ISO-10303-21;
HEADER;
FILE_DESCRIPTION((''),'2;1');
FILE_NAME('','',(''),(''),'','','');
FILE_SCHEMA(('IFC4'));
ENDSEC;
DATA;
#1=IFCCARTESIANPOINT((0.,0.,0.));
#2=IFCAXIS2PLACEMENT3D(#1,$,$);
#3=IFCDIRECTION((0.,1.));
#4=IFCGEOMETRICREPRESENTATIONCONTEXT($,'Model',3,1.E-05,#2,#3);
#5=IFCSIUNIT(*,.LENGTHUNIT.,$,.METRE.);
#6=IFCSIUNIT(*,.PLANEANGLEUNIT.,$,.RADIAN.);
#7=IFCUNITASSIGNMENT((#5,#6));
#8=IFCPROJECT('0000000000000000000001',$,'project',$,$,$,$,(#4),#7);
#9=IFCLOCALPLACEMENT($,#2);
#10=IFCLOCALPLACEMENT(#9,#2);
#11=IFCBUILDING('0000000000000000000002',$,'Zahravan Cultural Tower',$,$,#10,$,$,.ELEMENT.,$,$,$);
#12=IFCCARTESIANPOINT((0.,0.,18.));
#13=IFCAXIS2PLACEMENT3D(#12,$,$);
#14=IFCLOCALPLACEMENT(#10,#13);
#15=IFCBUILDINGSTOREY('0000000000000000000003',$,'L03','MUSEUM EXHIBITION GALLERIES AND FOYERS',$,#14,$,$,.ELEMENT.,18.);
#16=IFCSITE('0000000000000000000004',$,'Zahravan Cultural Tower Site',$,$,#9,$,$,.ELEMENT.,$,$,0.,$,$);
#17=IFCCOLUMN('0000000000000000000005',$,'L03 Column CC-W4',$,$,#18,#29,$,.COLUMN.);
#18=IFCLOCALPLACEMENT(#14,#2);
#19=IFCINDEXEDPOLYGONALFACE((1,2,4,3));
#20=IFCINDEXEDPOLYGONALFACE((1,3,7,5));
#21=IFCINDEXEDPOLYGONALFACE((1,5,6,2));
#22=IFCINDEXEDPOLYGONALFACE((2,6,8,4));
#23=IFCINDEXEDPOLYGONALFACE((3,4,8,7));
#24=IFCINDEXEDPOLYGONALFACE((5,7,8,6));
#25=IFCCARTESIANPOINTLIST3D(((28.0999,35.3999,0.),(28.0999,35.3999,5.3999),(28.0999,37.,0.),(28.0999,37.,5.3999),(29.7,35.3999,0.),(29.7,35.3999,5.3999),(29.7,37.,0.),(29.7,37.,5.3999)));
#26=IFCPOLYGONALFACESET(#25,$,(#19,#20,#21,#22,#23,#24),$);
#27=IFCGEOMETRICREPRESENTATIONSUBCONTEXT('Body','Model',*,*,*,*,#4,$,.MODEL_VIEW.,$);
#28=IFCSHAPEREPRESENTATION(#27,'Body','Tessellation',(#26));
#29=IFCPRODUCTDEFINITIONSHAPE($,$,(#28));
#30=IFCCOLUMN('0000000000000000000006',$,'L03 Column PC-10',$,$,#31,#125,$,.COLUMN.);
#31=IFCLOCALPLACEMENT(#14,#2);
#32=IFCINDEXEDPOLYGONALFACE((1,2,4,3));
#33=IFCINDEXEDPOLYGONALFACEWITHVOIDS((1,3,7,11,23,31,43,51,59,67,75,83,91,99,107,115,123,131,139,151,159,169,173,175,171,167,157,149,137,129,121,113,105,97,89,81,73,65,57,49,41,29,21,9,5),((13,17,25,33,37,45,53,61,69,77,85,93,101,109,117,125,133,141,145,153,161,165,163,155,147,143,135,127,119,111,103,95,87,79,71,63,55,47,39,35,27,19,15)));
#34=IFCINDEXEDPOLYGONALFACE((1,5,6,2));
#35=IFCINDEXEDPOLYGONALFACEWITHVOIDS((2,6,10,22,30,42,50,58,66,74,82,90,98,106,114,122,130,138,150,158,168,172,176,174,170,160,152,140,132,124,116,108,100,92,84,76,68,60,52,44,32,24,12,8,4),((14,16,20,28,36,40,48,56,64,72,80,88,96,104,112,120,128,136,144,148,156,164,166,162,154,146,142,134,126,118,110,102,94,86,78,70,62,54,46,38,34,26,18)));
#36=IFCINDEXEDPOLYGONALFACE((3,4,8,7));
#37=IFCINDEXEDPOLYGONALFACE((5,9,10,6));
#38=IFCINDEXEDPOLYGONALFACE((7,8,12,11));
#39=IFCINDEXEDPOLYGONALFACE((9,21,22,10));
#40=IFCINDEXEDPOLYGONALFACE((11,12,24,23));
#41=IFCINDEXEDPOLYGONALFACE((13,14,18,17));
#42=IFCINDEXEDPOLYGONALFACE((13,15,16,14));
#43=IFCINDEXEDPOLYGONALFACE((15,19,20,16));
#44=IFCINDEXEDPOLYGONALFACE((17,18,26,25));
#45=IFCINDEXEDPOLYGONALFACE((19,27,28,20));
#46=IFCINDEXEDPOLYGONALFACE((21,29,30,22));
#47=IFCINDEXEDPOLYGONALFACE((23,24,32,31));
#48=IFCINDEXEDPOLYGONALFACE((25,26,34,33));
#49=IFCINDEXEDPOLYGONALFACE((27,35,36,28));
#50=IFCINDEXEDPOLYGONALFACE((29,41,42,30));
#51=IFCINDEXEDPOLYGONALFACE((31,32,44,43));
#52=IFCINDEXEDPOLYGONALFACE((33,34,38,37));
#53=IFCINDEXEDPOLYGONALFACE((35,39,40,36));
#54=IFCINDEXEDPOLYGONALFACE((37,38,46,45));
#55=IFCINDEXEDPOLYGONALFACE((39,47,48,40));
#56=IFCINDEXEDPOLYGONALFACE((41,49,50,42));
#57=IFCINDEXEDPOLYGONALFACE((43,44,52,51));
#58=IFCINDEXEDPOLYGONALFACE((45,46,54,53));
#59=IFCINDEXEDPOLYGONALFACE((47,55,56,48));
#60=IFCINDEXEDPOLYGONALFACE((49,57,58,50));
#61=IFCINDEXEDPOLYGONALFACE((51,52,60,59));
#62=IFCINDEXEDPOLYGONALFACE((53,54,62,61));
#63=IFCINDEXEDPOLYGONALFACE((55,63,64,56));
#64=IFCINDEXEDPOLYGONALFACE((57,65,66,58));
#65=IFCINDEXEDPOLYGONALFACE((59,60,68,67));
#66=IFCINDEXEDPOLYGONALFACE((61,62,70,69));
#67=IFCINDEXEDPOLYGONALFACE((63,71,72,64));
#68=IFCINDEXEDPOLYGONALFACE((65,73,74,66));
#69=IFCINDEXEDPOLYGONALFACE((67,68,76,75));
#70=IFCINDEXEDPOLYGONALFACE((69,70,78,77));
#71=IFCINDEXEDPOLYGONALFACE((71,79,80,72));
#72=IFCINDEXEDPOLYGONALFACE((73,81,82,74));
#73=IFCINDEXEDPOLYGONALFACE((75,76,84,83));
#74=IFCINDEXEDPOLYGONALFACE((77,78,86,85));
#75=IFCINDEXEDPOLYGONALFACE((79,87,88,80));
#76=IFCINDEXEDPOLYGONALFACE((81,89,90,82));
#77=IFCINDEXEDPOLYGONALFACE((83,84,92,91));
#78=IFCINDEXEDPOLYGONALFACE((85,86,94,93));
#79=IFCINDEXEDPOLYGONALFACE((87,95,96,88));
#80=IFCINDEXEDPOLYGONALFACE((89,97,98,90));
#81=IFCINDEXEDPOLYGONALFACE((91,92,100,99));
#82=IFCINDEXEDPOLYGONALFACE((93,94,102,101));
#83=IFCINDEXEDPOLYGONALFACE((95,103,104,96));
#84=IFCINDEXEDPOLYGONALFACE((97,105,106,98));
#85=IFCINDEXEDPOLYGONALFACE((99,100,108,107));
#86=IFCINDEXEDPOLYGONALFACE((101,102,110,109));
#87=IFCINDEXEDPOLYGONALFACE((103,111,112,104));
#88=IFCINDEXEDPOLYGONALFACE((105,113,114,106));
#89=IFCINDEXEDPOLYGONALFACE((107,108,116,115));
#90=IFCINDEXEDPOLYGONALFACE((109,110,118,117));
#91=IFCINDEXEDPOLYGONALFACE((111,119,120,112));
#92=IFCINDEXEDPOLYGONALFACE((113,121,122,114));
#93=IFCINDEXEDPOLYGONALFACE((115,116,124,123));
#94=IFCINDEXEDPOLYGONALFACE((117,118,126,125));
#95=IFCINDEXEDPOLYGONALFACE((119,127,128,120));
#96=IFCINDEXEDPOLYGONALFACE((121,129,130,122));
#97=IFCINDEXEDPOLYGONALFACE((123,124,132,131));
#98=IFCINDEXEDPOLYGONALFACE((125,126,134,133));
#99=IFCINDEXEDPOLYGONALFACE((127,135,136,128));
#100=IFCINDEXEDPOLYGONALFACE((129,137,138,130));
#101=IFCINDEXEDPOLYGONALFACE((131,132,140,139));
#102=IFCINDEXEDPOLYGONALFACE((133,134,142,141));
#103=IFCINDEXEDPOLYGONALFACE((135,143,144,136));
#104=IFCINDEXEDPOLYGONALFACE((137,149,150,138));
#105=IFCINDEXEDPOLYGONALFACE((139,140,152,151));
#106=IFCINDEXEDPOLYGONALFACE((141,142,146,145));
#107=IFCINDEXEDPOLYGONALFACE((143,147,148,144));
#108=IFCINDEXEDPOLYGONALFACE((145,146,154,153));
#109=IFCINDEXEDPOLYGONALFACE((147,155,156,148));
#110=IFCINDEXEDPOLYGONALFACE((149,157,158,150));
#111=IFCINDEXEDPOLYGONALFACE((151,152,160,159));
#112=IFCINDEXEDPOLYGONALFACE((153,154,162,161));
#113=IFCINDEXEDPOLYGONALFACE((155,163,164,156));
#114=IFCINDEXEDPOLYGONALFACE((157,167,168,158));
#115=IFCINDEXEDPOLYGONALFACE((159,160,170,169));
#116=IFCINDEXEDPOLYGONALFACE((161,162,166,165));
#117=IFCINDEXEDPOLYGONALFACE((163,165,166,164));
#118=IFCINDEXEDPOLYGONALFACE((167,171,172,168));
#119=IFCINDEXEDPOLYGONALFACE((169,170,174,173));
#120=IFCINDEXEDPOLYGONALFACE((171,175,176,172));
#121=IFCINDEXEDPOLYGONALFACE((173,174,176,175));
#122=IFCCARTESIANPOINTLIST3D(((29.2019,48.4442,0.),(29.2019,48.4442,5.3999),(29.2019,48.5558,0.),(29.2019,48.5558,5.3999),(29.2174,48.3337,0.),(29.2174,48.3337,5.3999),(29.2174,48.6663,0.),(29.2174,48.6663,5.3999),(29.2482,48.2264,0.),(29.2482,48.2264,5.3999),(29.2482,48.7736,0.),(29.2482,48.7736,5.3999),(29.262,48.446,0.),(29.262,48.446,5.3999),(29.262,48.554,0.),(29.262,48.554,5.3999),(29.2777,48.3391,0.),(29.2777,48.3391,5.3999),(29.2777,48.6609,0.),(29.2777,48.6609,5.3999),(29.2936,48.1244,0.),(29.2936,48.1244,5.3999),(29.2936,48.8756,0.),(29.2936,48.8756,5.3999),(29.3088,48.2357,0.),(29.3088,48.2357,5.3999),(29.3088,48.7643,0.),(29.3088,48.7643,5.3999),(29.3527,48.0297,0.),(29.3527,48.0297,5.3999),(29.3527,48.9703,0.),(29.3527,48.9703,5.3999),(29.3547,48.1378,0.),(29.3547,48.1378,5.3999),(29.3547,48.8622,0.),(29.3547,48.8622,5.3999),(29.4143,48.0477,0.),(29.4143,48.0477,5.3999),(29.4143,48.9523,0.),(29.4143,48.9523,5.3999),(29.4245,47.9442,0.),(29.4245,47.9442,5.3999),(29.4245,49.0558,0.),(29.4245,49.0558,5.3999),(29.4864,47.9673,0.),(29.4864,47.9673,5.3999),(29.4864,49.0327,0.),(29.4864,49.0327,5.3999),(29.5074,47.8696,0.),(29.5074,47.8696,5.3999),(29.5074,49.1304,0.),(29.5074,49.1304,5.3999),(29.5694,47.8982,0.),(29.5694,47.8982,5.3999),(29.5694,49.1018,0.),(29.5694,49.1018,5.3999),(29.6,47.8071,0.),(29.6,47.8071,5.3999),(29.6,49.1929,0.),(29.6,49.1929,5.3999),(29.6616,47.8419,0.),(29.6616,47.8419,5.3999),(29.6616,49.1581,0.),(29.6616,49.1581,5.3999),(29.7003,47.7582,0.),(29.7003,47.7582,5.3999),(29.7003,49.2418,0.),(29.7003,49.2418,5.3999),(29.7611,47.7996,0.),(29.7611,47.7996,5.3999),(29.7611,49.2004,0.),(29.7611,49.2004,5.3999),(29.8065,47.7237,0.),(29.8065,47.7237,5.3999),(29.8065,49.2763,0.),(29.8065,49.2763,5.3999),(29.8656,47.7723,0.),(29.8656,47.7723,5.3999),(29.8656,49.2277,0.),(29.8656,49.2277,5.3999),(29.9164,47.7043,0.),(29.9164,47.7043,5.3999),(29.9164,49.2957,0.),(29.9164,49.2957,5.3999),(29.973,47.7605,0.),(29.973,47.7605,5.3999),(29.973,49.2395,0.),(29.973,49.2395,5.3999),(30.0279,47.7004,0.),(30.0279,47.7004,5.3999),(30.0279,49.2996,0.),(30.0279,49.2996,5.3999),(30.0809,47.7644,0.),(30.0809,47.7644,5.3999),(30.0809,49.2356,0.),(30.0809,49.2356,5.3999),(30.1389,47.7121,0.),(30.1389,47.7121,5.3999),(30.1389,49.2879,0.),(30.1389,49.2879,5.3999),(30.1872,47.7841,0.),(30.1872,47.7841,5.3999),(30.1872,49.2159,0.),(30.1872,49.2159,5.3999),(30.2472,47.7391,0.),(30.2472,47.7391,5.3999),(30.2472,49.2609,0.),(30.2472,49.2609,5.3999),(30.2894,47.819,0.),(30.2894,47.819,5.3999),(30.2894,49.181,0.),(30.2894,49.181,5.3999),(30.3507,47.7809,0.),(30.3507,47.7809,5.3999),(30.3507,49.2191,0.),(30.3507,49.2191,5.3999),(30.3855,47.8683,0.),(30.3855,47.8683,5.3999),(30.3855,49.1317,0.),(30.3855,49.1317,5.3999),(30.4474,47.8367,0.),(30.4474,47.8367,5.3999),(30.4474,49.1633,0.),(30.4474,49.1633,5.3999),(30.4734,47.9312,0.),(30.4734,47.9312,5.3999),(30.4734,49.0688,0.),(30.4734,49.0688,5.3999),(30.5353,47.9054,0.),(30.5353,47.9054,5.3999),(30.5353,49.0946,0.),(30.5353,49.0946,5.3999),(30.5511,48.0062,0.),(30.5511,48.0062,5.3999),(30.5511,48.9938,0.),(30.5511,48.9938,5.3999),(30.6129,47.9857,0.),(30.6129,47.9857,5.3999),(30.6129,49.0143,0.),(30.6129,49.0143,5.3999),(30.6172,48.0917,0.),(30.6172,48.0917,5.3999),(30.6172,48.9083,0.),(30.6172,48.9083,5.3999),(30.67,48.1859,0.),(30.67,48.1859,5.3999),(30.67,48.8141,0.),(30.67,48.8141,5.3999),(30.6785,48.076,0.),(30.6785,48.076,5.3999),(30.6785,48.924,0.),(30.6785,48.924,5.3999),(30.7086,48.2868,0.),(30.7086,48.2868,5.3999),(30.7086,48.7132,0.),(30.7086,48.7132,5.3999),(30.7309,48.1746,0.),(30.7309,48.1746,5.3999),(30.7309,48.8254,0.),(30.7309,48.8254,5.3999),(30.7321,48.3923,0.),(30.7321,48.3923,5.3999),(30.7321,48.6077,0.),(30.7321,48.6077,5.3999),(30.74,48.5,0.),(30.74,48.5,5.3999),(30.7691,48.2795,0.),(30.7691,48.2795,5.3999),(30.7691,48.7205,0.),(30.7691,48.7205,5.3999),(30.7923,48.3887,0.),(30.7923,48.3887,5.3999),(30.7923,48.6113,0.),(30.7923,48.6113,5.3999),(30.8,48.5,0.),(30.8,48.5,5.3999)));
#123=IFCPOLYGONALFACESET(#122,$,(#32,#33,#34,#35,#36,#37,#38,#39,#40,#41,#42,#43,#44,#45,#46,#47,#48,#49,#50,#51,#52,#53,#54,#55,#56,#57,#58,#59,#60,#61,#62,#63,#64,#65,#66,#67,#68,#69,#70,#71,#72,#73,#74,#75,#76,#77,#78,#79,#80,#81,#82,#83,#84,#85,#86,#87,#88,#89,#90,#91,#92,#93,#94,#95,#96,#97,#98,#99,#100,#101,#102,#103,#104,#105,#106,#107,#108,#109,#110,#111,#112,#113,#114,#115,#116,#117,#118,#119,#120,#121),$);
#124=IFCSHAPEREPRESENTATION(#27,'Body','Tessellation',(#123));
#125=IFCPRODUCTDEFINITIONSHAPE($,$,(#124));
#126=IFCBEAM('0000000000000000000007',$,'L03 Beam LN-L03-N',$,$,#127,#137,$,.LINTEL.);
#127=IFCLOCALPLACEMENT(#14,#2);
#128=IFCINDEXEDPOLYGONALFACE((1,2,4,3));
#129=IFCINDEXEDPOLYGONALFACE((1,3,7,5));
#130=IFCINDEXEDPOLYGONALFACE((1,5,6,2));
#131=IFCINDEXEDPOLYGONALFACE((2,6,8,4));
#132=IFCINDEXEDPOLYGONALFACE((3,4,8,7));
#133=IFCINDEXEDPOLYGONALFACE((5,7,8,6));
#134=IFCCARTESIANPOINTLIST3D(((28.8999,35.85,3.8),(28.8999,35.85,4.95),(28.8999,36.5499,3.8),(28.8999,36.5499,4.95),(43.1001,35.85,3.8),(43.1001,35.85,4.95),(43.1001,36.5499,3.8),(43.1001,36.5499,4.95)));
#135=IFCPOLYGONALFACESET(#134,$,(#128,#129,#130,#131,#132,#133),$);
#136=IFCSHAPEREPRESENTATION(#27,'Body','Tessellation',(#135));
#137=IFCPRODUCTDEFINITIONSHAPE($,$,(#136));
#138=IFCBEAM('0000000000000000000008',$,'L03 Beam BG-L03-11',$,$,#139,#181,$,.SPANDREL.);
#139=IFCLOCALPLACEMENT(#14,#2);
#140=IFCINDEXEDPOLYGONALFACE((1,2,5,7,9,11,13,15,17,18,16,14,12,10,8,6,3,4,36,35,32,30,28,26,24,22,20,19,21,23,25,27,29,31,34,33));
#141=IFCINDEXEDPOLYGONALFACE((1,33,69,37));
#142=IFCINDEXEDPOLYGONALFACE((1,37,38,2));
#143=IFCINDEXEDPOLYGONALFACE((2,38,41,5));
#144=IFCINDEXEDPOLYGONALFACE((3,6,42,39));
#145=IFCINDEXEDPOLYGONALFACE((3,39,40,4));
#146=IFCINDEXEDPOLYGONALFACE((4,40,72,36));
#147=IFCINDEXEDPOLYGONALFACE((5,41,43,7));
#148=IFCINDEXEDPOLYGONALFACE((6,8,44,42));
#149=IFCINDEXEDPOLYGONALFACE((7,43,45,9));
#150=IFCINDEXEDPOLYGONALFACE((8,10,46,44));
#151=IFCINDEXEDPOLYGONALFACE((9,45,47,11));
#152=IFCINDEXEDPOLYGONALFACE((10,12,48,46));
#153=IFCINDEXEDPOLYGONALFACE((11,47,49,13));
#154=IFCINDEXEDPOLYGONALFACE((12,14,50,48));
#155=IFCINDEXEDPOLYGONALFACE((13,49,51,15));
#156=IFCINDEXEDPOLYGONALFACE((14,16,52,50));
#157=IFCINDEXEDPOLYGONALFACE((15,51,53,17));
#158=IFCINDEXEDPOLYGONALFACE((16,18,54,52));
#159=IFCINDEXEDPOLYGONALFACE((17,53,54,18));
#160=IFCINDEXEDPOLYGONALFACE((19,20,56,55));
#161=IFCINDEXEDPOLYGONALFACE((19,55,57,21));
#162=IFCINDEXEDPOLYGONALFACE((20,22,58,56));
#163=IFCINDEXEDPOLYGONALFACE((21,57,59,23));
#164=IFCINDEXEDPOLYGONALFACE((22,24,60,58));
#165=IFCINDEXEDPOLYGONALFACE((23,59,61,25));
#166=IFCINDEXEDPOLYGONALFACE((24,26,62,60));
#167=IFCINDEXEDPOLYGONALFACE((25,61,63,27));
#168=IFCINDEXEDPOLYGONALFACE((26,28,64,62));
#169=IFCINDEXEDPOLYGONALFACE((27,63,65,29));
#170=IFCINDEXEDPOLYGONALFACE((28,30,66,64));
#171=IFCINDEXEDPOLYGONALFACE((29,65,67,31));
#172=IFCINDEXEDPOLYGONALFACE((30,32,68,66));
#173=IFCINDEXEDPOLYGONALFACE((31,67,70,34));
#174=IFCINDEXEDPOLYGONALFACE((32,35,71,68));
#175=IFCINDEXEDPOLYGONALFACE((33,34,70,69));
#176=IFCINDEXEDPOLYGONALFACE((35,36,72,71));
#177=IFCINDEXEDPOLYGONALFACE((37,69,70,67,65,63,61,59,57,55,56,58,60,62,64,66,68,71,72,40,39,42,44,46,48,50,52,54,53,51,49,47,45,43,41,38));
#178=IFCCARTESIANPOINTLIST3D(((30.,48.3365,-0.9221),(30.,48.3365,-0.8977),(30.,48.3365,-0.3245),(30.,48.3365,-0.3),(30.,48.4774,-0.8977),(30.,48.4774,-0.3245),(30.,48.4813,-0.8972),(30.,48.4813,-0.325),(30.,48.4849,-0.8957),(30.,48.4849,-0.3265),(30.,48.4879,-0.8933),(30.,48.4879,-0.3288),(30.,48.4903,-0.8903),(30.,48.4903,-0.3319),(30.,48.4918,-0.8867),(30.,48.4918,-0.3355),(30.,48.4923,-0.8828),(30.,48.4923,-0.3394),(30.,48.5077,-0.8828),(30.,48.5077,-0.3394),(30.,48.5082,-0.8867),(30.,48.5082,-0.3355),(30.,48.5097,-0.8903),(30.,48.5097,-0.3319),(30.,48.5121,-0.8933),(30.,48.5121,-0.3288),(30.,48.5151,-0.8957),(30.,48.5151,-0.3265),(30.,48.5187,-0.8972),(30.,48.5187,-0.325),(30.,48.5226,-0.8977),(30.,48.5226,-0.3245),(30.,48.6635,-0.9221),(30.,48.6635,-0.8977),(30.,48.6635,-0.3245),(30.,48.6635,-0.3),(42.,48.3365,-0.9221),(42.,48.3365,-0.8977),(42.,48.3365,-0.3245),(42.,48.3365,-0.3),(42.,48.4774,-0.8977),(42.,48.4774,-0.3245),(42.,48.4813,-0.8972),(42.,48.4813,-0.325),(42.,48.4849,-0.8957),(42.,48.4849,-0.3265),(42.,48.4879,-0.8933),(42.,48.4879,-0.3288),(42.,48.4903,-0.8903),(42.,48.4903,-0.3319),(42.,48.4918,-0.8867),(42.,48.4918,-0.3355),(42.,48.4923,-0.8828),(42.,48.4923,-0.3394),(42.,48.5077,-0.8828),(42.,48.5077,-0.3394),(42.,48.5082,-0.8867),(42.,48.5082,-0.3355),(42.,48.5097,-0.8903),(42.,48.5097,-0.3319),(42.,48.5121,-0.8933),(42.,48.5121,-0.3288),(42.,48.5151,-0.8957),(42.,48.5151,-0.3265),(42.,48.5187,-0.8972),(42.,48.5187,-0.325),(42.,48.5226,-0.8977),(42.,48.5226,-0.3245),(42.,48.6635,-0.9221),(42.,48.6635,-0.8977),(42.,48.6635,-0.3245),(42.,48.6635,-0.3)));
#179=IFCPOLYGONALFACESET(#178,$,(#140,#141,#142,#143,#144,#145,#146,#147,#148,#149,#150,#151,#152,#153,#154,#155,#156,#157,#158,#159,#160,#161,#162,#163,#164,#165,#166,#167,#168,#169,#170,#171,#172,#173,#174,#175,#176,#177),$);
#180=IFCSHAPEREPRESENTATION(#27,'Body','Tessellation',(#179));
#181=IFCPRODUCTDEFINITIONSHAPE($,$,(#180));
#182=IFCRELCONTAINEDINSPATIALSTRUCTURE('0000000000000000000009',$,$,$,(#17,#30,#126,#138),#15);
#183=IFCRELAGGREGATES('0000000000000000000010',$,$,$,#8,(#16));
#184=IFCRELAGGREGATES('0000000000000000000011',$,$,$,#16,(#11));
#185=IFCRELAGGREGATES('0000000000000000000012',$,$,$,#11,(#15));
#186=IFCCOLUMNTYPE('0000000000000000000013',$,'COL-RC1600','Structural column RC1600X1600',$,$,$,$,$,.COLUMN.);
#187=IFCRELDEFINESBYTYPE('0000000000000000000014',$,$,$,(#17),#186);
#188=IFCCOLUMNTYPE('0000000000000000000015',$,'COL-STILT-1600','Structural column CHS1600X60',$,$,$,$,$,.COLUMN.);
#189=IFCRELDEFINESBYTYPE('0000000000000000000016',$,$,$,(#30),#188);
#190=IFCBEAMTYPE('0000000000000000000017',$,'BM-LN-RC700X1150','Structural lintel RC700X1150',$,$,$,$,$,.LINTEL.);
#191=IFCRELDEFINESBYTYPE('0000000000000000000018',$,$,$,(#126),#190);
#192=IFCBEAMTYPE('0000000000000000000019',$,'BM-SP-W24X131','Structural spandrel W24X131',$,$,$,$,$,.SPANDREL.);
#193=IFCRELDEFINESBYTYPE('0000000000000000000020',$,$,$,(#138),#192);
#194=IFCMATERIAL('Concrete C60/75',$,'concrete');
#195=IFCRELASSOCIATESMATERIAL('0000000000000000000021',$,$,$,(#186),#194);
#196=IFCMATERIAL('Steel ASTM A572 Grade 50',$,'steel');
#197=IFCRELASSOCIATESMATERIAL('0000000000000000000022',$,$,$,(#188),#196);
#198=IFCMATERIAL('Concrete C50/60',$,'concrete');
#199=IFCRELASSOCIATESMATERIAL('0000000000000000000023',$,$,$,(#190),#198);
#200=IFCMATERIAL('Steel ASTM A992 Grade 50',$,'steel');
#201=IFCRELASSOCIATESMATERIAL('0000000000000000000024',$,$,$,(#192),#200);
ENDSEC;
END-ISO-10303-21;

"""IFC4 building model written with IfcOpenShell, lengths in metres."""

from ifc_helpers import new_model, si_unit, direction, frame, origin, origin_2d, place, context, subcontext, project, spatial, rectangle, hollow_circle, i_section, extrude, source, transform, mapped, material, material_profile, profile_set, type_object, element, save


model = new_model("IFC4")

# Units and contexts
model_context = context("Model", 3, precision=1e-05, world=origin(), true_north=direction((0.0, 1.0)))
body_context = subcontext(model_context, "Body", "Model", "MODEL_VIEW")
ifc_project = project(units=[si_unit("LENGTHUNIT", "METRE"), si_unit("PLANEANGLEUNIT", "RADIAN")], contexts=[model_context])

# Site, building, storey
site_placement = place(None, origin())
site = spatial("IfcSite", under=ifc_project, at=site_placement, Name="Zahravan Cultural Tower Site", CompositionType="ELEMENT", RefElevation=0.0)
building_placement = place(site_placement, origin())
building = spatial("IfcBuilding", under=site, at=building_placement, Name="Zahravan Cultural Tower", CompositionType="ELEMENT")
storey_placement = place(building_placement, frame((0.0, 0.0, 18.0)))
storey = spatial("IfcBuildingStorey", under=building, at=storey_placement, Name="L03", Description="MUSEUM EXHIBITION GALLERIES AND FOYERS", CompositionType="ELEMENT", Elevation=18.0)

# Columns
ifc_material_1 = material(Name="Concrete C60/75", Category="concrete")
ifc_material_profile_1 = material_profile(ifc_material_1, rectangle(XDim=1.6001, YDim=1.6001, at=origin_2d()), Name="RC1600X1600")
ifc_profile_set_1 = profile_set([ifc_material_profile_1], Name="Concrete C60/75")
column_type_1 = type_object("IfcColumnType", Name="COL-RC1600", Description="Structural column RC1600X1600", PredefinedType="COLUMN", material=ifc_profile_set_1)
shared_shape_1 = source(origin(), body_context, "Body", "SweptSolid", [
    extrude(rectangle(XDim=1.6001, YDim=1.6001, at=origin_2d()), origin(), (0.0, 0.0, 1.0), 5.3999),
])
column_1_placement = place(storey_placement, frame((28.8999, 36.2, 0.0), z_axis=(0.0, 0.0, 1.0), x_axis=(1.0, 0.0, 0.0)))
element("IfcColumn", 1, at=column_1_placement, inside=storey, type_object=column_type_1, Name="L03 Column CC-W4", PredefinedType="COLUMN", context=body_context, shape_type="MappedRepresentation", body=[
    mapped(shared_shape_1, transform((0.0, 0.0, 0.0), x_axis=(1.0, 0.0, 0.0), y_axis=(0.0, 1.0, 0.0), z_axis=(0.0, 0.0, 1.0), scale=1.0)),
])
ifc_material_2 = material(Name="Steel ASTM A572 Grade 50", Category="steel")
ifc_material_profile_2 = material_profile(ifc_material_2, hollow_circle(Radius=0.8, WallThickness=0.0601, at=origin_2d()), Name="CHS1600X60")
ifc_profile_set_2 = profile_set([ifc_material_profile_2], Name="Steel ASTM A572 Grade 50")
column_type_2 = type_object("IfcColumnType", Name="COL-STILT-1600", Description="Structural column CHS1600X60", PredefinedType="COLUMN", material=ifc_profile_set_2)
shared_shape_2 = source(origin(), body_context, "Body", "SweptSolid", [
    extrude(hollow_circle(Radius=0.8, WallThickness=0.0601, at=origin_2d()), origin(), (0.0, 0.0, 1.0), 5.3999),
])
column_2_placement = place(storey_placement, frame((30.0, 48.5, 0.0), z_axis=(0.0, 0.0, 1.0), x_axis=(1.0, 0.0, 0.0)))
element("IfcColumn", 2, at=column_2_placement, inside=storey, type_object=column_type_2, Name="L03 Column PC-10", PredefinedType="COLUMN", context=body_context, shape_type="MappedRepresentation", body=[
    mapped(shared_shape_2, transform((0.0, 0.0, 0.0), x_axis=(1.0, 0.0, 0.0), y_axis=(0.0, 1.0, 0.0), z_axis=(0.0, 0.0, 1.0), scale=1.0)),
])

# Beams
ifc_material_3 = material(Name="Concrete C50/60", Category="concrete")
ifc_material_profile_3 = material_profile(ifc_material_3, rectangle(XDim=0.7, YDim=1.1499, at=origin_2d()), Name="RC700X1150")
ifc_profile_set_3 = profile_set([ifc_material_profile_3], Name="Concrete C50/60")
beam_type_1 = type_object("IfcBeamType", Name="BM-LN-RC700X1150", Description="Structural lintel RC700X1150", PredefinedType="LINTEL", material=ifc_profile_set_3)
shared_shape_3 = source(origin(), body_context, "Body", "SweptSolid", [
    extrude(rectangle(XDim=0.7, YDim=1.1499, at=origin_2d()), origin(), (0.0, 0.0, 1.0), 14.2002),
])
beam_1_placement = place(storey_placement, frame((28.8999, 36.2, 4.375), z_axis=(1.0, 0.0, 0.0), x_axis=(0.0, 1.0, 0.0)))
element("IfcBeam", 3, at=beam_1_placement, inside=storey, type_object=beam_type_1, Name="L03 Beam LN-L03-N", PredefinedType="LINTEL", context=body_context, shape_type="MappedRepresentation", body=[
    mapped(shared_shape_3, transform((0.0, 0.0, 0.0), x_axis=(1.0, 0.0, 0.0), y_axis=(0.0, 1.0, 0.0), z_axis=(0.0, 0.0, 1.0), scale=1.0)),
])
ifc_material_4 = material(Name="Steel ASTM A992 Grade 50", Category="steel")
ifc_material_profile_4 = material_profile(ifc_material_4, i_section(OverallWidth=0.3269, OverallDepth=0.6221, WebThickness=0.0154, FlangeThickness=0.0244, FilletRadius=0.0149, at=origin_2d()), Name="W24X131")
ifc_profile_set_4 = profile_set([ifc_material_profile_4], Name="Steel ASTM A992 Grade 50")
beam_type_2 = type_object("IfcBeamType", Name="BM-SP-W24X131", Description="Structural spandrel W24X131", PredefinedType="SPANDREL", material=ifc_profile_set_4)
shared_shape_4 = source(origin(), body_context, "Body", "SweptSolid", [
    extrude(i_section(OverallWidth=0.3269, OverallDepth=0.6221, WebThickness=0.0154, FlangeThickness=0.0244, FilletRadius=0.0149, at=origin_2d()), origin(), (0.0, 0.0, 1.0), 12.0),
])
beam_2_placement = place(storey_placement, frame((30.0, 48.5, -0.6111), z_axis=(1.0, 0.0, 0.0), x_axis=(0.0, 1.0, 0.0)))
element("IfcBeam", 4, at=beam_2_placement, inside=storey, type_object=beam_type_2, Name="L03 Beam BG-L03-11", PredefinedType="SPANDREL", context=body_context, shape_type="MappedRepresentation", body=[
    mapped(shared_shape_4, transform((0.0, 0.0, 0.0), x_axis=(1.0, 0.0, 0.0), y_axis=(0.0, 1.0, 0.0), z_axis=(0.0, 0.0, 1.0), scale=1.0)),
])

save(model, "model.ifc")
